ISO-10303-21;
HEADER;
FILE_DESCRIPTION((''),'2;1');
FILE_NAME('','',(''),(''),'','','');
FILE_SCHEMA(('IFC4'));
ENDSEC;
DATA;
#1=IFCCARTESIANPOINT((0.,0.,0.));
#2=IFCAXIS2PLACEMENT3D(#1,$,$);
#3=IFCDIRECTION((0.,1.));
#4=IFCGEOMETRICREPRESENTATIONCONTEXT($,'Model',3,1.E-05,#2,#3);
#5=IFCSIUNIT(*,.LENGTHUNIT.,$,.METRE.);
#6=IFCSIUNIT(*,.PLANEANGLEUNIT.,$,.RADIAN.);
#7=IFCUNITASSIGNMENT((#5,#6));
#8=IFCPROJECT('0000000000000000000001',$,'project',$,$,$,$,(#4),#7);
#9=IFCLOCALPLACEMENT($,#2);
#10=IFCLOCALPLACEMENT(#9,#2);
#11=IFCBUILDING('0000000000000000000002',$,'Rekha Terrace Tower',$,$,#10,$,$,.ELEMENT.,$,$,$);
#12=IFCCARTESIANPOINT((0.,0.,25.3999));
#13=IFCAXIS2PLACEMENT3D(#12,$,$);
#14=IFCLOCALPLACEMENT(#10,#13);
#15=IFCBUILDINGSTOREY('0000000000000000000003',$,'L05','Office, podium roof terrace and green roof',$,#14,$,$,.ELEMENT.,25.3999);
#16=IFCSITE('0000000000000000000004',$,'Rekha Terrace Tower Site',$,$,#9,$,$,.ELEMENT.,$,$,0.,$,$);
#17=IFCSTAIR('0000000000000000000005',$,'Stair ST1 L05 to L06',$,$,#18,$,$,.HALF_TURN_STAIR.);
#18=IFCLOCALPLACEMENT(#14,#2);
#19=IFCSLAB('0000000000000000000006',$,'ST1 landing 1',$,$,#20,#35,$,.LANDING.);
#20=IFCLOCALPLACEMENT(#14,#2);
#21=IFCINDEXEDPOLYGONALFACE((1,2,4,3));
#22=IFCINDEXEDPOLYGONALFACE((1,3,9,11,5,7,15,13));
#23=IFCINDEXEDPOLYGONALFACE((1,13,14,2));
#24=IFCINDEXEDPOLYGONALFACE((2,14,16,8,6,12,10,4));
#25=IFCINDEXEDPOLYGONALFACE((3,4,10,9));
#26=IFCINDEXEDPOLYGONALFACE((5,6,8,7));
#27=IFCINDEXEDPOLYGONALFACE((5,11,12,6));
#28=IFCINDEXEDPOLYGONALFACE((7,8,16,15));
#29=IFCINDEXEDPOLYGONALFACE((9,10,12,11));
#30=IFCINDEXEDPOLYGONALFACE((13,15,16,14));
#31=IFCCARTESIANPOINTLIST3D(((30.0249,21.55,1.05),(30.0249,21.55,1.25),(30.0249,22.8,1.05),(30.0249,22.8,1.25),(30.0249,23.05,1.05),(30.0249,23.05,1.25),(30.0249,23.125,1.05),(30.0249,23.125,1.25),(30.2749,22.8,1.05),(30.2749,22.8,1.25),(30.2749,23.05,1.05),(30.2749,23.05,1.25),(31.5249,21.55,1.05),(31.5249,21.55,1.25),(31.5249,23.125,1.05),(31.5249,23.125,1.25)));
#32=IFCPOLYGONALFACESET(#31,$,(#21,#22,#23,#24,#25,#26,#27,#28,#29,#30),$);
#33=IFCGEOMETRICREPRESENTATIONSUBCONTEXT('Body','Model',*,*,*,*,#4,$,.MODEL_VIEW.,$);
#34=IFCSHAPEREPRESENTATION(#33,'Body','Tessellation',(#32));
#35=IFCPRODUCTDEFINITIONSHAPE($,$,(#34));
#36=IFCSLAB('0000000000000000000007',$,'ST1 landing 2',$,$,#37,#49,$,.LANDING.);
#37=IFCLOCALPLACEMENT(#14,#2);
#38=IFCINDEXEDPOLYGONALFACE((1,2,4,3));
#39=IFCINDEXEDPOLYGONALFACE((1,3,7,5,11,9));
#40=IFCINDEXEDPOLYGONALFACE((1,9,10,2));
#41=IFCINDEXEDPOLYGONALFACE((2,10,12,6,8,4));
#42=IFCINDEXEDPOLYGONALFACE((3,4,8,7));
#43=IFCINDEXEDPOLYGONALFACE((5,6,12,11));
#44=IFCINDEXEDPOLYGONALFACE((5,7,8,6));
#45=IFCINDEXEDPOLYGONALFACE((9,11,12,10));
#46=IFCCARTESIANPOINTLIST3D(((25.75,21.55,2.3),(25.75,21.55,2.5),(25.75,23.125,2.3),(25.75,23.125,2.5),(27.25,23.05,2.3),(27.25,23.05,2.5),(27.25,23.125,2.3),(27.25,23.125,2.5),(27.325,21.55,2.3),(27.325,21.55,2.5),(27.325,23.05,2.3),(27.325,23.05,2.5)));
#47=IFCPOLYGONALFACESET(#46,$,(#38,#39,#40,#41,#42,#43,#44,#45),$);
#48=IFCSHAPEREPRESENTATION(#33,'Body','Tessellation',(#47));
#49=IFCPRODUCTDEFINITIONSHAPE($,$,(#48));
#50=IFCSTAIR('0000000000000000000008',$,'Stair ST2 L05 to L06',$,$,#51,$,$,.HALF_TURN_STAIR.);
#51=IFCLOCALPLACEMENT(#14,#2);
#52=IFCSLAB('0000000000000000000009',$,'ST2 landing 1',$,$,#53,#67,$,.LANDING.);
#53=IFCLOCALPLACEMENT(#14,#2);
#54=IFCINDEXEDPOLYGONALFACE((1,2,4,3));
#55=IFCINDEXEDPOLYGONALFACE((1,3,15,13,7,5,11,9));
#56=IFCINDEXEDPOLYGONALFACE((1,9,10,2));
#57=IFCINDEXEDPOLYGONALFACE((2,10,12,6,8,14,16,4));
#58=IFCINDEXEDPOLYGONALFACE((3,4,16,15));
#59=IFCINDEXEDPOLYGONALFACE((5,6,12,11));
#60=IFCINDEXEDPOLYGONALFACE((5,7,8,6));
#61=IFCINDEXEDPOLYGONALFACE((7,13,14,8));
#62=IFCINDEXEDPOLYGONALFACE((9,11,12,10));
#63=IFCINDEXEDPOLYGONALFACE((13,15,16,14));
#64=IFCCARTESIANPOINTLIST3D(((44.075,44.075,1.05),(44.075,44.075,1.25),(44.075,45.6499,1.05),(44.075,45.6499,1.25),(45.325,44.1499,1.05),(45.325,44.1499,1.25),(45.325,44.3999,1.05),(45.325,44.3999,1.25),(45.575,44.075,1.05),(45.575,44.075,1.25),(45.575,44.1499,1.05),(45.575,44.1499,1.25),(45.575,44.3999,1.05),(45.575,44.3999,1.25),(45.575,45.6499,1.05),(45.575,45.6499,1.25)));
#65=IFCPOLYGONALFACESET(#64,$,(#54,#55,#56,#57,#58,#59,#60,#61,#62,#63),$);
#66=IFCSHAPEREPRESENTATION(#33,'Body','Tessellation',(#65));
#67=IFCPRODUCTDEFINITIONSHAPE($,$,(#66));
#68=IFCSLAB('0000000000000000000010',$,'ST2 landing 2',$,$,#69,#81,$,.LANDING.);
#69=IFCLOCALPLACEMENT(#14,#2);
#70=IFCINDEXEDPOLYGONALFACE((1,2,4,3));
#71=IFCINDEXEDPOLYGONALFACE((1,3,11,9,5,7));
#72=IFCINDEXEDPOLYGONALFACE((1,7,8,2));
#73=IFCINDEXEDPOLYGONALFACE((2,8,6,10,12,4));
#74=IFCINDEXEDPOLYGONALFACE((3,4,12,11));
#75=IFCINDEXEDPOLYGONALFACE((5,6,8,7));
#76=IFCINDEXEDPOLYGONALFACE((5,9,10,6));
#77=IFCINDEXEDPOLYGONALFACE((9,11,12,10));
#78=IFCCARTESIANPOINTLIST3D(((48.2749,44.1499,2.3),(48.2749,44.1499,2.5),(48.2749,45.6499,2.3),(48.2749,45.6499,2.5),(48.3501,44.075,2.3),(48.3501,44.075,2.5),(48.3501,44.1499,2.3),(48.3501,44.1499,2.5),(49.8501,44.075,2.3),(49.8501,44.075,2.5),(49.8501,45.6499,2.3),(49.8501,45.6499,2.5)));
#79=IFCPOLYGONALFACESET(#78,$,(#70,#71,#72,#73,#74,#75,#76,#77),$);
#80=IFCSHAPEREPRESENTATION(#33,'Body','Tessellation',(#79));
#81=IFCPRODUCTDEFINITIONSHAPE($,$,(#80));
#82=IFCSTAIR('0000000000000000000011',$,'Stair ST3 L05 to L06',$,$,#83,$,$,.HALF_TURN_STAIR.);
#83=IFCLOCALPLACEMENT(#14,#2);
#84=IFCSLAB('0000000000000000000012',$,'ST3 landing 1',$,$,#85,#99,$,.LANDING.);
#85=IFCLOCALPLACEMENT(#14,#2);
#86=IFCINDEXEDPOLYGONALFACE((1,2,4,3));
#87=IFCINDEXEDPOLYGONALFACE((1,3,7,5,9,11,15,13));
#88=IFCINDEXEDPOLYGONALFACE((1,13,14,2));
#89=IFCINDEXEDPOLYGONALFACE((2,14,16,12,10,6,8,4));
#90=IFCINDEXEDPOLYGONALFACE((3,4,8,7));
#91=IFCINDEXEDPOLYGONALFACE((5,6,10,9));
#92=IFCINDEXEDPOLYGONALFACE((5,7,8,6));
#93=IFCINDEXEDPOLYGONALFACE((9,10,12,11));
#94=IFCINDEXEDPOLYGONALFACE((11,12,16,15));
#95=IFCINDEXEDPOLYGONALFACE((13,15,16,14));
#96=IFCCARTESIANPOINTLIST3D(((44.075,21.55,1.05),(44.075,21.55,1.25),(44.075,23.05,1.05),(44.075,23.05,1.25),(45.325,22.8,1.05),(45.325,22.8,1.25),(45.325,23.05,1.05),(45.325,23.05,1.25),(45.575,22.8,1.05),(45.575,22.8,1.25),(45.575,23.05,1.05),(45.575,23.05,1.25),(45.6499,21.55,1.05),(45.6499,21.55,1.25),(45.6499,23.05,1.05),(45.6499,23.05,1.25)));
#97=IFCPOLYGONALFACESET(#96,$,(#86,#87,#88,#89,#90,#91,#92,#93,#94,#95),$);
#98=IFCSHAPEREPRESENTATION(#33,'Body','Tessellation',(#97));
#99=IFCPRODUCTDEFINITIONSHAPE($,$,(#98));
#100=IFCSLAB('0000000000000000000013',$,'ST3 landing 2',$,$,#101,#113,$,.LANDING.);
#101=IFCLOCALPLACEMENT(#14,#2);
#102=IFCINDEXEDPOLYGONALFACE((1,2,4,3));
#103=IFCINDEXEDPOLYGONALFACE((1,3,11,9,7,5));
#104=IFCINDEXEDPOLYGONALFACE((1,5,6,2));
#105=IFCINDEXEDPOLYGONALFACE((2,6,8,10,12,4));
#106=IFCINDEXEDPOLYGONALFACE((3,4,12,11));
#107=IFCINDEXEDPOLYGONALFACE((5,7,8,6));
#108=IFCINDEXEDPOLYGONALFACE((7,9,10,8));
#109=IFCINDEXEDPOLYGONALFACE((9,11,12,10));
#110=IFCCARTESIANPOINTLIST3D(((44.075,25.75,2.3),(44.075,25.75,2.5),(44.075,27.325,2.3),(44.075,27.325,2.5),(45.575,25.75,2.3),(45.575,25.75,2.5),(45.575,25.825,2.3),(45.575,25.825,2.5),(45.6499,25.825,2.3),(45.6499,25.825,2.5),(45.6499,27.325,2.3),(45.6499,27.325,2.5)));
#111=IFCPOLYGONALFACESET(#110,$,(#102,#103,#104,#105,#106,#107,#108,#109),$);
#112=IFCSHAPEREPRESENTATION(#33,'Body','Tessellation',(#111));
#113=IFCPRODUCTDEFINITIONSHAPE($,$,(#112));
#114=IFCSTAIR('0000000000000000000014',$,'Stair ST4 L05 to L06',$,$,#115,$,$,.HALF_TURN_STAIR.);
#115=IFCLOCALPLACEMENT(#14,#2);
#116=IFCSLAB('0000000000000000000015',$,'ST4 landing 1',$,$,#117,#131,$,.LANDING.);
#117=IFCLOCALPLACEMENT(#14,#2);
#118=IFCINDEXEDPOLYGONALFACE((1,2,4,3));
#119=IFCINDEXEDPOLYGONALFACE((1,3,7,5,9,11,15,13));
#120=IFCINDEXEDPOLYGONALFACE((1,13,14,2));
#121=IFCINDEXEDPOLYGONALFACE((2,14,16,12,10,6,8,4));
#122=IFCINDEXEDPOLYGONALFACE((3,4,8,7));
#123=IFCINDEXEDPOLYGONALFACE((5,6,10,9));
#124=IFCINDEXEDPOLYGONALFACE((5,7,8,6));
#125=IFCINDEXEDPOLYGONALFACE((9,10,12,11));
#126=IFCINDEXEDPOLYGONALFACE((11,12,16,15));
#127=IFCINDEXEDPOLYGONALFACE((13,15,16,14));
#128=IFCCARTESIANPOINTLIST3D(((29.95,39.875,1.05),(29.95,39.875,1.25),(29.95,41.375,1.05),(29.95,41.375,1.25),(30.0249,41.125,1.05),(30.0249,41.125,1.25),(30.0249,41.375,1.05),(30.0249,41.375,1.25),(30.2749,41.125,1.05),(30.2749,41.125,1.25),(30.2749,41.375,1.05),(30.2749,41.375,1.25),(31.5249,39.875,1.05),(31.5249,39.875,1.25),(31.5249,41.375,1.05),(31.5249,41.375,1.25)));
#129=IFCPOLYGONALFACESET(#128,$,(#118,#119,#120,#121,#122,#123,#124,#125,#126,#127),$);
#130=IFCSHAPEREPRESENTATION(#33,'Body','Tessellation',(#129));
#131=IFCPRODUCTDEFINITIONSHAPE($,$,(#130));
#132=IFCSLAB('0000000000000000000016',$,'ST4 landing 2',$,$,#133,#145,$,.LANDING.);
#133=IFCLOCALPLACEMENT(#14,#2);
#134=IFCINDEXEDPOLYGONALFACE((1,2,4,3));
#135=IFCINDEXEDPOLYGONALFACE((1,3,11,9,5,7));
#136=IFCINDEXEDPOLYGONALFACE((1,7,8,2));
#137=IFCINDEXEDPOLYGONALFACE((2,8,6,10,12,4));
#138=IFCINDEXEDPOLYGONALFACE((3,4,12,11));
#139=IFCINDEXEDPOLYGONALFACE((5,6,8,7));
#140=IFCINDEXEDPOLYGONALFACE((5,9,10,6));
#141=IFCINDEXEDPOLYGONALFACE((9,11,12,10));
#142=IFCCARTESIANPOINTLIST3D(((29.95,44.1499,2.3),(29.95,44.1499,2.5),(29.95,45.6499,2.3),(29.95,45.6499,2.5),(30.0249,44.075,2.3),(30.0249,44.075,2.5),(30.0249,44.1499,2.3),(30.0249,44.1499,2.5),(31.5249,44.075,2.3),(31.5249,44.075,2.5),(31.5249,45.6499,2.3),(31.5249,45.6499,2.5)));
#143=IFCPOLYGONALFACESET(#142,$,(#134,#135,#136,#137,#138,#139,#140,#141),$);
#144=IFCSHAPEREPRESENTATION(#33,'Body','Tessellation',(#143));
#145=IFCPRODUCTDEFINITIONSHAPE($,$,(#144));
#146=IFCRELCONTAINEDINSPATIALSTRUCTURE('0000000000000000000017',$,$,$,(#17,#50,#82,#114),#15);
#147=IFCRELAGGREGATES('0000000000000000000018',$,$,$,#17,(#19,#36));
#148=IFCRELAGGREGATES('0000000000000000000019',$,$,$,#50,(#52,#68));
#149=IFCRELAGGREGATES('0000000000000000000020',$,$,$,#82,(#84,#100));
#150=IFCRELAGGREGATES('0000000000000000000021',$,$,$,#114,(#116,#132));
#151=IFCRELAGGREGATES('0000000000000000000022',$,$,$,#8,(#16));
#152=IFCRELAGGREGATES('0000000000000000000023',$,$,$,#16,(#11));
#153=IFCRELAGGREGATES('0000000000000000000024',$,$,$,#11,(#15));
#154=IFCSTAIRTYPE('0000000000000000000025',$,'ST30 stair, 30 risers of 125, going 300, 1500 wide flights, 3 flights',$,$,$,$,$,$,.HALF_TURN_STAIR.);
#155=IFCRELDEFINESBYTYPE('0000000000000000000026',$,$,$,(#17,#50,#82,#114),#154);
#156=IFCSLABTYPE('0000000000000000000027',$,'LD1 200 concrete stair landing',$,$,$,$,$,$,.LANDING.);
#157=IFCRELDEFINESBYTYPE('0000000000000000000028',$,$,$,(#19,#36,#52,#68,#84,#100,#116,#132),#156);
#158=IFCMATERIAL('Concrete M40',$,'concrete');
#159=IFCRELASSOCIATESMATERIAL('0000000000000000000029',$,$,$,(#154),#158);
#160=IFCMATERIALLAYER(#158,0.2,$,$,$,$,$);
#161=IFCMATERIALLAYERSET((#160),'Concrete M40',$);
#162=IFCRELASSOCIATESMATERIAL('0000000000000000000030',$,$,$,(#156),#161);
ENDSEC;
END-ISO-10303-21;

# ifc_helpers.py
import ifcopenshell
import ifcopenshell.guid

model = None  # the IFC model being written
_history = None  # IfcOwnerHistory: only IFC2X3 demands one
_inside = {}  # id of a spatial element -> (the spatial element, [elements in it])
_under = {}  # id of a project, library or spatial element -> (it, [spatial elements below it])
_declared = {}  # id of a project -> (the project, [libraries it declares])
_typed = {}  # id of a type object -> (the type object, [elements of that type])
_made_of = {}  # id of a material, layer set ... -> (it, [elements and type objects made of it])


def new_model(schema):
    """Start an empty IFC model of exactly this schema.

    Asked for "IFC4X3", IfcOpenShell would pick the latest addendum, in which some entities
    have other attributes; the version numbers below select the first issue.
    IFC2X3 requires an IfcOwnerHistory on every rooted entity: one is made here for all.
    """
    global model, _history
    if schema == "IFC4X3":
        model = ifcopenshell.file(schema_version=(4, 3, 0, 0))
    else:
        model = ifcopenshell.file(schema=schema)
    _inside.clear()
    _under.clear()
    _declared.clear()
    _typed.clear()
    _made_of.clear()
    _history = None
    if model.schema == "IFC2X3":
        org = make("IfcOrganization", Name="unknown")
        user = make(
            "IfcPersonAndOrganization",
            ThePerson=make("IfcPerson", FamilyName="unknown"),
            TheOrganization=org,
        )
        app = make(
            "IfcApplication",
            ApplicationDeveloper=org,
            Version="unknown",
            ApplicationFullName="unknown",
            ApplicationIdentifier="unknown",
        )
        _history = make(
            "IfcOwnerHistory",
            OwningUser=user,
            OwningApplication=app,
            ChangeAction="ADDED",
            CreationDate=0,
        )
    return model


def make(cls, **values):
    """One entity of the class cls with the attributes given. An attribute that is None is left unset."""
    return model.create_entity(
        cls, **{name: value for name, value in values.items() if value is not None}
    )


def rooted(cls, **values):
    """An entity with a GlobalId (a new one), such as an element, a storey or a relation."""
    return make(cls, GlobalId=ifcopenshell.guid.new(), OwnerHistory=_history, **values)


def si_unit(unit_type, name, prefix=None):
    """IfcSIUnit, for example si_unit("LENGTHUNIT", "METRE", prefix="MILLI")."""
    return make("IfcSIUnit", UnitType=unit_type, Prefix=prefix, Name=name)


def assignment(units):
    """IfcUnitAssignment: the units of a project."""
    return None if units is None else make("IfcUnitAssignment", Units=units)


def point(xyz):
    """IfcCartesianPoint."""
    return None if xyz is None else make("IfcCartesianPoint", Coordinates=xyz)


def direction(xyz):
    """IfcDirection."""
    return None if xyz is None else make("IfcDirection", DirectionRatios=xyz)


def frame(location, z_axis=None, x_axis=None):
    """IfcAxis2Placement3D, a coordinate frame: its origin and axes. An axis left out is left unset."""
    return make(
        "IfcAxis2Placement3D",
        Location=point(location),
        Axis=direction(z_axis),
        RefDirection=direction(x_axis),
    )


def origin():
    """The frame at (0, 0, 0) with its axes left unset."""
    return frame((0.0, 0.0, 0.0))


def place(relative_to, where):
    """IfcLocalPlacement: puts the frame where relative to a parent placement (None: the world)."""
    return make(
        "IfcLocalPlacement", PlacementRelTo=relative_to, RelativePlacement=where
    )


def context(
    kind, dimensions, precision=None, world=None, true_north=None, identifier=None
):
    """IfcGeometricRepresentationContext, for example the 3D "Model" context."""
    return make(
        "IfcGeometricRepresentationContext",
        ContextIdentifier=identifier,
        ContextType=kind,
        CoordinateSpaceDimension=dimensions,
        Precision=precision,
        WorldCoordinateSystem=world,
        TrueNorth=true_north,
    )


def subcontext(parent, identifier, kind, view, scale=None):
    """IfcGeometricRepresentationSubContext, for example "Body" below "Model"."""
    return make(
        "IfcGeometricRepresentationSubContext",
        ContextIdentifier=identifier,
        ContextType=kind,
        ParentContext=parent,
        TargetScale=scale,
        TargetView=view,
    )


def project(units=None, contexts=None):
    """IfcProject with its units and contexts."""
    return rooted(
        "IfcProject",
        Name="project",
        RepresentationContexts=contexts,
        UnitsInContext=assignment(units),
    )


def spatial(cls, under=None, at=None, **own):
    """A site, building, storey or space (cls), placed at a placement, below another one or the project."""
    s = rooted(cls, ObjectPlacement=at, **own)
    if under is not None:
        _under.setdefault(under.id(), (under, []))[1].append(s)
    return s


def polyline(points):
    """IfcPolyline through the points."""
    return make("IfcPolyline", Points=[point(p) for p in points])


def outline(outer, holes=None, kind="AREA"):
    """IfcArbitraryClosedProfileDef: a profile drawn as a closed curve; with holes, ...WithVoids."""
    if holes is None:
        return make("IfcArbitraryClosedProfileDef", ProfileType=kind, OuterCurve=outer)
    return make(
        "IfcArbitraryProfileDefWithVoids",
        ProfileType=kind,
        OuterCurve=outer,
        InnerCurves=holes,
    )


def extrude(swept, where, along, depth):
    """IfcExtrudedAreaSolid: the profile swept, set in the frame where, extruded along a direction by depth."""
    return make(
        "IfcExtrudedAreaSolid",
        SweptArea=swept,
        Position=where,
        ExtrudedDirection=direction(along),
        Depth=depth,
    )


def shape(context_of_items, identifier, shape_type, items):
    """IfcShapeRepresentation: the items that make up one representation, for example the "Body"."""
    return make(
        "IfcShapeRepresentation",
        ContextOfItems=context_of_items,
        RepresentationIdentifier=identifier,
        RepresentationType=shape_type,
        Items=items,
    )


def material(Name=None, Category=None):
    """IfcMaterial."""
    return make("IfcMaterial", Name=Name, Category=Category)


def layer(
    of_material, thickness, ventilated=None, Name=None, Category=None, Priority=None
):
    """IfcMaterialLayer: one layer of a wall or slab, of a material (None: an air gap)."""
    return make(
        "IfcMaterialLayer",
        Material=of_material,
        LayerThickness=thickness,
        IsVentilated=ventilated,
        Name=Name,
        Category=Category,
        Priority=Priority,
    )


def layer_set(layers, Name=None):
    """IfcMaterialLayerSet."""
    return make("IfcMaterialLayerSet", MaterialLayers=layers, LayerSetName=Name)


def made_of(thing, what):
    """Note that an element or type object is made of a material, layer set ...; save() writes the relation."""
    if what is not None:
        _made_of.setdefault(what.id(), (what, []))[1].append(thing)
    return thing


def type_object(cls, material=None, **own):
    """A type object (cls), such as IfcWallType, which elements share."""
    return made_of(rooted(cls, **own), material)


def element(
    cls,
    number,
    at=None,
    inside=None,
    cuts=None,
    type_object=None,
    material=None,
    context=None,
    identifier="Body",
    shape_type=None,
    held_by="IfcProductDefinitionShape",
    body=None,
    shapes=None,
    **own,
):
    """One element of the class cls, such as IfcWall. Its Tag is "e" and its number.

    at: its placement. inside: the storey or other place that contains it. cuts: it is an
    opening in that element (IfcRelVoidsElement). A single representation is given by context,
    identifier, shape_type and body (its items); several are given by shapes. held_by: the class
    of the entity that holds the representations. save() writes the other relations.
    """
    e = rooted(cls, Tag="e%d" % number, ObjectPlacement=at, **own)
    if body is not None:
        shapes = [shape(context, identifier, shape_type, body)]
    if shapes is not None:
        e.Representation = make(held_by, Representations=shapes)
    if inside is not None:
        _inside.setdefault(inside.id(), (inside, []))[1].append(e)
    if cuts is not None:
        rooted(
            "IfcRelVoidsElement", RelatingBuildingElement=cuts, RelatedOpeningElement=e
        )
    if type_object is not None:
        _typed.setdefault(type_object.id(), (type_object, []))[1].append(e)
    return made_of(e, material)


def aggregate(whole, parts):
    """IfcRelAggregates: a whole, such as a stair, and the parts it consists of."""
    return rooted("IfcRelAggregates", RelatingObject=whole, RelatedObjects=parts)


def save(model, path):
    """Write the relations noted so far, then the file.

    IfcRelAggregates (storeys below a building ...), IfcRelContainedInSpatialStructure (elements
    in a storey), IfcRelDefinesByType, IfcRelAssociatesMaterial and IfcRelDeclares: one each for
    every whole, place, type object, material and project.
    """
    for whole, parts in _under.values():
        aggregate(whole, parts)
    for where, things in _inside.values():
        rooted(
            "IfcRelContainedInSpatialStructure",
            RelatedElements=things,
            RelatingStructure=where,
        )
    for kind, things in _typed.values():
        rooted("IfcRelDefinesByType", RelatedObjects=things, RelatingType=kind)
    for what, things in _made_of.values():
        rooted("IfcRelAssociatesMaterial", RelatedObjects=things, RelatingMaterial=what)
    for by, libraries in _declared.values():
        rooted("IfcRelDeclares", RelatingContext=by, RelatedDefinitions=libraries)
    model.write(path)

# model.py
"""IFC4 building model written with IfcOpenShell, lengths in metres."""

from ifc_helpers import new_model, si_unit, direction, frame, origin, place, context, subcontext, project, spatial, polyline, outline, extrude, material, layer, layer_set, type_object, element, aggregate, save


model = new_model("IFC4")

# Units and contexts
model_context = context("Model", 3, precision=1e-05, world=origin(), true_north=direction((0.0, 1.0)))
body_context = subcontext(model_context, "Body", "Model", "MODEL_VIEW")
ifc_project = project(units=[si_unit("LENGTHUNIT", "METRE"), si_unit("PLANEANGLEUNIT", "RADIAN")], contexts=[model_context])

# Site, building, storey
site_placement = place(None, origin())
site = spatial("IfcSite", under=ifc_project, at=site_placement, Name="Rekha Terrace Tower Site", CompositionType="ELEMENT", RefElevation=0.0)
building_placement = place(site_placement, origin())
building = spatial("IfcBuilding", under=site, at=building_placement, Name="Rekha Terrace Tower", CompositionType="ELEMENT")
storey_placement = place(building_placement, frame((0.0, 0.0, 25.3999)))
storey = spatial("IfcBuildingStorey", under=building, at=storey_placement, Name="L05", Description="Office, podium roof terrace and green roof", CompositionType="ELEMENT", Elevation=25.3999)

# Stairs, slabs
ifc_material_1 = material(Name="Concrete M40", Category="concrete")
stair_type = type_object("IfcStairType", Name="ST30 stair, 30 risers of 125, going 300, 1500 wide flights, 3 flights", PredefinedType="HALF_TURN_STAIR", material=ifc_material_1)
stair_1_placement = place(storey_placement, origin())
stair_1 = element("IfcStair", 1, at=stair_1_placement, inside=storey, type_object=stair_type, Name="Stair ST1 L05 to L06", PredefinedType="HALF_TURN_STAIR")
ifc_layer_1 = layer(ifc_material_1, 0.2)
ifc_layer_set_1 = layer_set([ifc_layer_1], Name="Concrete M40")
slab_type_1 = type_object("IfcSlabType", Name="LD1 200 concrete stair landing", PredefinedType="LANDING", material=ifc_layer_set_1)
slab_1_placement = place(storey_placement, frame((0.0, 0.0, 1.05)))
slab_1 = element("IfcSlab", 2, at=slab_1_placement, type_object=slab_type_1, Name="ST1 landing 1", PredefinedType="LANDING", context=body_context, shape_type="SweptSolid", body=[
    extrude(outline(polyline([(30.0249, 21.55), (31.5249, 21.55), (31.5249, 23.125), (30.0249, 23.125), (30.0249, 23.05), (30.2749, 23.05), (30.2749, 22.8), (30.0249, 22.8), (30.0249, 21.55)])), origin(), (0.0, 0.0, 1.0), 0.2),
])
slab_2_placement = place(storey_placement, frame((0.0, 0.0, 2.3)))
slab_2 = element("IfcSlab", 3, at=slab_2_placement, type_object=slab_type_1, Name="ST1 landing 2", PredefinedType="LANDING", context=body_context, shape_type="SweptSolid", body=[
    extrude(outline(polyline([(27.25, 23.125), (25.75, 23.125), (25.75, 21.55), (27.325, 21.55), (27.325, 23.05), (27.25, 23.05), (27.25, 23.125)])), origin(), (0.0, 0.0, 1.0), 0.2),
])
aggregate(stair_1, [slab_1, slab_2])
stair_2_placement = place(storey_placement, origin())
stair_2 = element("IfcStair", 4, at=stair_2_placement, inside=storey, type_object=stair_type, Name="Stair ST2 L05 to L06", PredefinedType="HALF_TURN_STAIR")
slab_3_placement = place(storey_placement, frame((0.0, 0.0, 1.05)))
slab_3 = element("IfcSlab", 5, at=slab_3_placement, type_object=slab_type_1, Name="ST2 landing 1", PredefinedType="LANDING", context=body_context, shape_type="SweptSolid", body=[
    extrude(outline(polyline([(45.575, 45.6499), (44.075, 45.6499), (44.075, 44.075), (45.575, 44.075), (45.575, 44.1499), (45.325, 44.1499), (45.325, 44.3999), (45.575, 44.3999), (45.575, 45.6499)])), origin(), (0.0, 0.0, 1.0), 0.2),
])
slab_4_placement = place(storey_placement, frame((0.0, 0.0, 2.3)))
slab_4 = element("IfcSlab", 6, at=slab_4_placement, type_object=slab_type_1, Name="ST2 landing 2", PredefinedType="LANDING", context=body_context, shape_type="SweptSolid", body=[
    extrude(outline(polyline([(48.3501, 44.075), (49.8501, 44.075), (49.8501, 45.6499), (48.2749, 45.6499), (48.2749, 44.1499), (48.3501, 44.1499), (48.3501, 44.075)])), origin(), (0.0, 0.0, 1.0), 0.2),
])
aggregate(stair_2, [slab_3, slab_4])
stair_3_placement = place(storey_placement, origin())
stair_3 = element("IfcStair", 7, at=stair_3_placement, inside=storey, type_object=stair_type, Name="Stair ST3 L05 to L06", PredefinedType="HALF_TURN_STAIR")
slab_5_placement = place(storey_placement, frame((0.0, 0.0, 1.05)))
slab_5 = element("IfcSlab", 8, at=slab_5_placement, type_object=slab_type_1, Name="ST3 landing 1", PredefinedType="LANDING", context=body_context, shape_type="SweptSolid", body=[
    extrude(outline(polyline([(44.075, 23.05), (44.075, 21.55), (45.6499, 21.55), (45.6499, 23.05), (45.575, 23.05), (45.575, 22.8), (45.325, 22.8), (45.325, 23.05), (44.075, 23.05)])), origin(), (0.0, 0.0, 1.0), 0.2),
])
slab_6_placement = place(storey_placement, frame((0.0, 0.0, 2.3)))
slab_6 = element("IfcSlab", 9, at=slab_6_placement, type_object=slab_type_1, Name="ST3 landing 2", PredefinedType="LANDING", context=body_context, shape_type="SweptSolid", body=[
    extrude(outline(polyline([(45.6499, 25.825), (45.6499, 27.325), (44.075, 27.325), (44.075, 25.75), (45.575, 25.75), (45.575, 25.825), (45.6499, 25.825)])), origin(), (0.0, 0.0, 1.0), 0.2),
])
aggregate(stair_3, [slab_5, slab_6])
stair_4_placement = place(storey_placement, origin())
stair_4 = element("IfcStair", 10, at=stair_4_placement, inside=storey, type_object=stair_type, Name="Stair ST4 L05 to L06", PredefinedType="HALF_TURN_STAIR")
slab_7_placement = place(storey_placement, frame((0.0, 0.0, 1.05)))
slab_7 = element("IfcSlab", 11, at=slab_7_placement, type_object=slab_type_1, Name="ST4 landing 1", PredefinedType="LANDING", context=body_context, shape_type="SweptSolid", body=[
    extrude(outline(polyline([(31.5249, 41.375), (31.5249, 39.875), (29.95, 39.875), (29.95, 41.375), (30.0249, 41.375), (30.0249, 41.125), (30.2749, 41.125), (30.2749, 41.375), (31.5249, 41.375)])), origin(), (0.0, 0.0, 1.0), 0.2),
])
slab_8_placement = place(storey_placement, frame((0.0, 0.0, 2.3)))
slab_8 = element("IfcSlab", 12, at=slab_8_placement, type_object=slab_type_1, Name="ST4 landing 2", PredefinedType="LANDING", context=body_context, shape_type="SweptSolid", body=[
    extrude(outline(polyline([(29.95, 44.1499), (29.95, 45.6499), (31.5249, 45.6499), (31.5249, 44.075), (30.0249, 44.075), (30.0249, 44.1499), (29.95, 44.1499)])), origin(), (0.0, 0.0, 1.0), 0.2),
])
aggregate(stair_4, [slab_7, slab_8])

save(model, "model.ifc")
